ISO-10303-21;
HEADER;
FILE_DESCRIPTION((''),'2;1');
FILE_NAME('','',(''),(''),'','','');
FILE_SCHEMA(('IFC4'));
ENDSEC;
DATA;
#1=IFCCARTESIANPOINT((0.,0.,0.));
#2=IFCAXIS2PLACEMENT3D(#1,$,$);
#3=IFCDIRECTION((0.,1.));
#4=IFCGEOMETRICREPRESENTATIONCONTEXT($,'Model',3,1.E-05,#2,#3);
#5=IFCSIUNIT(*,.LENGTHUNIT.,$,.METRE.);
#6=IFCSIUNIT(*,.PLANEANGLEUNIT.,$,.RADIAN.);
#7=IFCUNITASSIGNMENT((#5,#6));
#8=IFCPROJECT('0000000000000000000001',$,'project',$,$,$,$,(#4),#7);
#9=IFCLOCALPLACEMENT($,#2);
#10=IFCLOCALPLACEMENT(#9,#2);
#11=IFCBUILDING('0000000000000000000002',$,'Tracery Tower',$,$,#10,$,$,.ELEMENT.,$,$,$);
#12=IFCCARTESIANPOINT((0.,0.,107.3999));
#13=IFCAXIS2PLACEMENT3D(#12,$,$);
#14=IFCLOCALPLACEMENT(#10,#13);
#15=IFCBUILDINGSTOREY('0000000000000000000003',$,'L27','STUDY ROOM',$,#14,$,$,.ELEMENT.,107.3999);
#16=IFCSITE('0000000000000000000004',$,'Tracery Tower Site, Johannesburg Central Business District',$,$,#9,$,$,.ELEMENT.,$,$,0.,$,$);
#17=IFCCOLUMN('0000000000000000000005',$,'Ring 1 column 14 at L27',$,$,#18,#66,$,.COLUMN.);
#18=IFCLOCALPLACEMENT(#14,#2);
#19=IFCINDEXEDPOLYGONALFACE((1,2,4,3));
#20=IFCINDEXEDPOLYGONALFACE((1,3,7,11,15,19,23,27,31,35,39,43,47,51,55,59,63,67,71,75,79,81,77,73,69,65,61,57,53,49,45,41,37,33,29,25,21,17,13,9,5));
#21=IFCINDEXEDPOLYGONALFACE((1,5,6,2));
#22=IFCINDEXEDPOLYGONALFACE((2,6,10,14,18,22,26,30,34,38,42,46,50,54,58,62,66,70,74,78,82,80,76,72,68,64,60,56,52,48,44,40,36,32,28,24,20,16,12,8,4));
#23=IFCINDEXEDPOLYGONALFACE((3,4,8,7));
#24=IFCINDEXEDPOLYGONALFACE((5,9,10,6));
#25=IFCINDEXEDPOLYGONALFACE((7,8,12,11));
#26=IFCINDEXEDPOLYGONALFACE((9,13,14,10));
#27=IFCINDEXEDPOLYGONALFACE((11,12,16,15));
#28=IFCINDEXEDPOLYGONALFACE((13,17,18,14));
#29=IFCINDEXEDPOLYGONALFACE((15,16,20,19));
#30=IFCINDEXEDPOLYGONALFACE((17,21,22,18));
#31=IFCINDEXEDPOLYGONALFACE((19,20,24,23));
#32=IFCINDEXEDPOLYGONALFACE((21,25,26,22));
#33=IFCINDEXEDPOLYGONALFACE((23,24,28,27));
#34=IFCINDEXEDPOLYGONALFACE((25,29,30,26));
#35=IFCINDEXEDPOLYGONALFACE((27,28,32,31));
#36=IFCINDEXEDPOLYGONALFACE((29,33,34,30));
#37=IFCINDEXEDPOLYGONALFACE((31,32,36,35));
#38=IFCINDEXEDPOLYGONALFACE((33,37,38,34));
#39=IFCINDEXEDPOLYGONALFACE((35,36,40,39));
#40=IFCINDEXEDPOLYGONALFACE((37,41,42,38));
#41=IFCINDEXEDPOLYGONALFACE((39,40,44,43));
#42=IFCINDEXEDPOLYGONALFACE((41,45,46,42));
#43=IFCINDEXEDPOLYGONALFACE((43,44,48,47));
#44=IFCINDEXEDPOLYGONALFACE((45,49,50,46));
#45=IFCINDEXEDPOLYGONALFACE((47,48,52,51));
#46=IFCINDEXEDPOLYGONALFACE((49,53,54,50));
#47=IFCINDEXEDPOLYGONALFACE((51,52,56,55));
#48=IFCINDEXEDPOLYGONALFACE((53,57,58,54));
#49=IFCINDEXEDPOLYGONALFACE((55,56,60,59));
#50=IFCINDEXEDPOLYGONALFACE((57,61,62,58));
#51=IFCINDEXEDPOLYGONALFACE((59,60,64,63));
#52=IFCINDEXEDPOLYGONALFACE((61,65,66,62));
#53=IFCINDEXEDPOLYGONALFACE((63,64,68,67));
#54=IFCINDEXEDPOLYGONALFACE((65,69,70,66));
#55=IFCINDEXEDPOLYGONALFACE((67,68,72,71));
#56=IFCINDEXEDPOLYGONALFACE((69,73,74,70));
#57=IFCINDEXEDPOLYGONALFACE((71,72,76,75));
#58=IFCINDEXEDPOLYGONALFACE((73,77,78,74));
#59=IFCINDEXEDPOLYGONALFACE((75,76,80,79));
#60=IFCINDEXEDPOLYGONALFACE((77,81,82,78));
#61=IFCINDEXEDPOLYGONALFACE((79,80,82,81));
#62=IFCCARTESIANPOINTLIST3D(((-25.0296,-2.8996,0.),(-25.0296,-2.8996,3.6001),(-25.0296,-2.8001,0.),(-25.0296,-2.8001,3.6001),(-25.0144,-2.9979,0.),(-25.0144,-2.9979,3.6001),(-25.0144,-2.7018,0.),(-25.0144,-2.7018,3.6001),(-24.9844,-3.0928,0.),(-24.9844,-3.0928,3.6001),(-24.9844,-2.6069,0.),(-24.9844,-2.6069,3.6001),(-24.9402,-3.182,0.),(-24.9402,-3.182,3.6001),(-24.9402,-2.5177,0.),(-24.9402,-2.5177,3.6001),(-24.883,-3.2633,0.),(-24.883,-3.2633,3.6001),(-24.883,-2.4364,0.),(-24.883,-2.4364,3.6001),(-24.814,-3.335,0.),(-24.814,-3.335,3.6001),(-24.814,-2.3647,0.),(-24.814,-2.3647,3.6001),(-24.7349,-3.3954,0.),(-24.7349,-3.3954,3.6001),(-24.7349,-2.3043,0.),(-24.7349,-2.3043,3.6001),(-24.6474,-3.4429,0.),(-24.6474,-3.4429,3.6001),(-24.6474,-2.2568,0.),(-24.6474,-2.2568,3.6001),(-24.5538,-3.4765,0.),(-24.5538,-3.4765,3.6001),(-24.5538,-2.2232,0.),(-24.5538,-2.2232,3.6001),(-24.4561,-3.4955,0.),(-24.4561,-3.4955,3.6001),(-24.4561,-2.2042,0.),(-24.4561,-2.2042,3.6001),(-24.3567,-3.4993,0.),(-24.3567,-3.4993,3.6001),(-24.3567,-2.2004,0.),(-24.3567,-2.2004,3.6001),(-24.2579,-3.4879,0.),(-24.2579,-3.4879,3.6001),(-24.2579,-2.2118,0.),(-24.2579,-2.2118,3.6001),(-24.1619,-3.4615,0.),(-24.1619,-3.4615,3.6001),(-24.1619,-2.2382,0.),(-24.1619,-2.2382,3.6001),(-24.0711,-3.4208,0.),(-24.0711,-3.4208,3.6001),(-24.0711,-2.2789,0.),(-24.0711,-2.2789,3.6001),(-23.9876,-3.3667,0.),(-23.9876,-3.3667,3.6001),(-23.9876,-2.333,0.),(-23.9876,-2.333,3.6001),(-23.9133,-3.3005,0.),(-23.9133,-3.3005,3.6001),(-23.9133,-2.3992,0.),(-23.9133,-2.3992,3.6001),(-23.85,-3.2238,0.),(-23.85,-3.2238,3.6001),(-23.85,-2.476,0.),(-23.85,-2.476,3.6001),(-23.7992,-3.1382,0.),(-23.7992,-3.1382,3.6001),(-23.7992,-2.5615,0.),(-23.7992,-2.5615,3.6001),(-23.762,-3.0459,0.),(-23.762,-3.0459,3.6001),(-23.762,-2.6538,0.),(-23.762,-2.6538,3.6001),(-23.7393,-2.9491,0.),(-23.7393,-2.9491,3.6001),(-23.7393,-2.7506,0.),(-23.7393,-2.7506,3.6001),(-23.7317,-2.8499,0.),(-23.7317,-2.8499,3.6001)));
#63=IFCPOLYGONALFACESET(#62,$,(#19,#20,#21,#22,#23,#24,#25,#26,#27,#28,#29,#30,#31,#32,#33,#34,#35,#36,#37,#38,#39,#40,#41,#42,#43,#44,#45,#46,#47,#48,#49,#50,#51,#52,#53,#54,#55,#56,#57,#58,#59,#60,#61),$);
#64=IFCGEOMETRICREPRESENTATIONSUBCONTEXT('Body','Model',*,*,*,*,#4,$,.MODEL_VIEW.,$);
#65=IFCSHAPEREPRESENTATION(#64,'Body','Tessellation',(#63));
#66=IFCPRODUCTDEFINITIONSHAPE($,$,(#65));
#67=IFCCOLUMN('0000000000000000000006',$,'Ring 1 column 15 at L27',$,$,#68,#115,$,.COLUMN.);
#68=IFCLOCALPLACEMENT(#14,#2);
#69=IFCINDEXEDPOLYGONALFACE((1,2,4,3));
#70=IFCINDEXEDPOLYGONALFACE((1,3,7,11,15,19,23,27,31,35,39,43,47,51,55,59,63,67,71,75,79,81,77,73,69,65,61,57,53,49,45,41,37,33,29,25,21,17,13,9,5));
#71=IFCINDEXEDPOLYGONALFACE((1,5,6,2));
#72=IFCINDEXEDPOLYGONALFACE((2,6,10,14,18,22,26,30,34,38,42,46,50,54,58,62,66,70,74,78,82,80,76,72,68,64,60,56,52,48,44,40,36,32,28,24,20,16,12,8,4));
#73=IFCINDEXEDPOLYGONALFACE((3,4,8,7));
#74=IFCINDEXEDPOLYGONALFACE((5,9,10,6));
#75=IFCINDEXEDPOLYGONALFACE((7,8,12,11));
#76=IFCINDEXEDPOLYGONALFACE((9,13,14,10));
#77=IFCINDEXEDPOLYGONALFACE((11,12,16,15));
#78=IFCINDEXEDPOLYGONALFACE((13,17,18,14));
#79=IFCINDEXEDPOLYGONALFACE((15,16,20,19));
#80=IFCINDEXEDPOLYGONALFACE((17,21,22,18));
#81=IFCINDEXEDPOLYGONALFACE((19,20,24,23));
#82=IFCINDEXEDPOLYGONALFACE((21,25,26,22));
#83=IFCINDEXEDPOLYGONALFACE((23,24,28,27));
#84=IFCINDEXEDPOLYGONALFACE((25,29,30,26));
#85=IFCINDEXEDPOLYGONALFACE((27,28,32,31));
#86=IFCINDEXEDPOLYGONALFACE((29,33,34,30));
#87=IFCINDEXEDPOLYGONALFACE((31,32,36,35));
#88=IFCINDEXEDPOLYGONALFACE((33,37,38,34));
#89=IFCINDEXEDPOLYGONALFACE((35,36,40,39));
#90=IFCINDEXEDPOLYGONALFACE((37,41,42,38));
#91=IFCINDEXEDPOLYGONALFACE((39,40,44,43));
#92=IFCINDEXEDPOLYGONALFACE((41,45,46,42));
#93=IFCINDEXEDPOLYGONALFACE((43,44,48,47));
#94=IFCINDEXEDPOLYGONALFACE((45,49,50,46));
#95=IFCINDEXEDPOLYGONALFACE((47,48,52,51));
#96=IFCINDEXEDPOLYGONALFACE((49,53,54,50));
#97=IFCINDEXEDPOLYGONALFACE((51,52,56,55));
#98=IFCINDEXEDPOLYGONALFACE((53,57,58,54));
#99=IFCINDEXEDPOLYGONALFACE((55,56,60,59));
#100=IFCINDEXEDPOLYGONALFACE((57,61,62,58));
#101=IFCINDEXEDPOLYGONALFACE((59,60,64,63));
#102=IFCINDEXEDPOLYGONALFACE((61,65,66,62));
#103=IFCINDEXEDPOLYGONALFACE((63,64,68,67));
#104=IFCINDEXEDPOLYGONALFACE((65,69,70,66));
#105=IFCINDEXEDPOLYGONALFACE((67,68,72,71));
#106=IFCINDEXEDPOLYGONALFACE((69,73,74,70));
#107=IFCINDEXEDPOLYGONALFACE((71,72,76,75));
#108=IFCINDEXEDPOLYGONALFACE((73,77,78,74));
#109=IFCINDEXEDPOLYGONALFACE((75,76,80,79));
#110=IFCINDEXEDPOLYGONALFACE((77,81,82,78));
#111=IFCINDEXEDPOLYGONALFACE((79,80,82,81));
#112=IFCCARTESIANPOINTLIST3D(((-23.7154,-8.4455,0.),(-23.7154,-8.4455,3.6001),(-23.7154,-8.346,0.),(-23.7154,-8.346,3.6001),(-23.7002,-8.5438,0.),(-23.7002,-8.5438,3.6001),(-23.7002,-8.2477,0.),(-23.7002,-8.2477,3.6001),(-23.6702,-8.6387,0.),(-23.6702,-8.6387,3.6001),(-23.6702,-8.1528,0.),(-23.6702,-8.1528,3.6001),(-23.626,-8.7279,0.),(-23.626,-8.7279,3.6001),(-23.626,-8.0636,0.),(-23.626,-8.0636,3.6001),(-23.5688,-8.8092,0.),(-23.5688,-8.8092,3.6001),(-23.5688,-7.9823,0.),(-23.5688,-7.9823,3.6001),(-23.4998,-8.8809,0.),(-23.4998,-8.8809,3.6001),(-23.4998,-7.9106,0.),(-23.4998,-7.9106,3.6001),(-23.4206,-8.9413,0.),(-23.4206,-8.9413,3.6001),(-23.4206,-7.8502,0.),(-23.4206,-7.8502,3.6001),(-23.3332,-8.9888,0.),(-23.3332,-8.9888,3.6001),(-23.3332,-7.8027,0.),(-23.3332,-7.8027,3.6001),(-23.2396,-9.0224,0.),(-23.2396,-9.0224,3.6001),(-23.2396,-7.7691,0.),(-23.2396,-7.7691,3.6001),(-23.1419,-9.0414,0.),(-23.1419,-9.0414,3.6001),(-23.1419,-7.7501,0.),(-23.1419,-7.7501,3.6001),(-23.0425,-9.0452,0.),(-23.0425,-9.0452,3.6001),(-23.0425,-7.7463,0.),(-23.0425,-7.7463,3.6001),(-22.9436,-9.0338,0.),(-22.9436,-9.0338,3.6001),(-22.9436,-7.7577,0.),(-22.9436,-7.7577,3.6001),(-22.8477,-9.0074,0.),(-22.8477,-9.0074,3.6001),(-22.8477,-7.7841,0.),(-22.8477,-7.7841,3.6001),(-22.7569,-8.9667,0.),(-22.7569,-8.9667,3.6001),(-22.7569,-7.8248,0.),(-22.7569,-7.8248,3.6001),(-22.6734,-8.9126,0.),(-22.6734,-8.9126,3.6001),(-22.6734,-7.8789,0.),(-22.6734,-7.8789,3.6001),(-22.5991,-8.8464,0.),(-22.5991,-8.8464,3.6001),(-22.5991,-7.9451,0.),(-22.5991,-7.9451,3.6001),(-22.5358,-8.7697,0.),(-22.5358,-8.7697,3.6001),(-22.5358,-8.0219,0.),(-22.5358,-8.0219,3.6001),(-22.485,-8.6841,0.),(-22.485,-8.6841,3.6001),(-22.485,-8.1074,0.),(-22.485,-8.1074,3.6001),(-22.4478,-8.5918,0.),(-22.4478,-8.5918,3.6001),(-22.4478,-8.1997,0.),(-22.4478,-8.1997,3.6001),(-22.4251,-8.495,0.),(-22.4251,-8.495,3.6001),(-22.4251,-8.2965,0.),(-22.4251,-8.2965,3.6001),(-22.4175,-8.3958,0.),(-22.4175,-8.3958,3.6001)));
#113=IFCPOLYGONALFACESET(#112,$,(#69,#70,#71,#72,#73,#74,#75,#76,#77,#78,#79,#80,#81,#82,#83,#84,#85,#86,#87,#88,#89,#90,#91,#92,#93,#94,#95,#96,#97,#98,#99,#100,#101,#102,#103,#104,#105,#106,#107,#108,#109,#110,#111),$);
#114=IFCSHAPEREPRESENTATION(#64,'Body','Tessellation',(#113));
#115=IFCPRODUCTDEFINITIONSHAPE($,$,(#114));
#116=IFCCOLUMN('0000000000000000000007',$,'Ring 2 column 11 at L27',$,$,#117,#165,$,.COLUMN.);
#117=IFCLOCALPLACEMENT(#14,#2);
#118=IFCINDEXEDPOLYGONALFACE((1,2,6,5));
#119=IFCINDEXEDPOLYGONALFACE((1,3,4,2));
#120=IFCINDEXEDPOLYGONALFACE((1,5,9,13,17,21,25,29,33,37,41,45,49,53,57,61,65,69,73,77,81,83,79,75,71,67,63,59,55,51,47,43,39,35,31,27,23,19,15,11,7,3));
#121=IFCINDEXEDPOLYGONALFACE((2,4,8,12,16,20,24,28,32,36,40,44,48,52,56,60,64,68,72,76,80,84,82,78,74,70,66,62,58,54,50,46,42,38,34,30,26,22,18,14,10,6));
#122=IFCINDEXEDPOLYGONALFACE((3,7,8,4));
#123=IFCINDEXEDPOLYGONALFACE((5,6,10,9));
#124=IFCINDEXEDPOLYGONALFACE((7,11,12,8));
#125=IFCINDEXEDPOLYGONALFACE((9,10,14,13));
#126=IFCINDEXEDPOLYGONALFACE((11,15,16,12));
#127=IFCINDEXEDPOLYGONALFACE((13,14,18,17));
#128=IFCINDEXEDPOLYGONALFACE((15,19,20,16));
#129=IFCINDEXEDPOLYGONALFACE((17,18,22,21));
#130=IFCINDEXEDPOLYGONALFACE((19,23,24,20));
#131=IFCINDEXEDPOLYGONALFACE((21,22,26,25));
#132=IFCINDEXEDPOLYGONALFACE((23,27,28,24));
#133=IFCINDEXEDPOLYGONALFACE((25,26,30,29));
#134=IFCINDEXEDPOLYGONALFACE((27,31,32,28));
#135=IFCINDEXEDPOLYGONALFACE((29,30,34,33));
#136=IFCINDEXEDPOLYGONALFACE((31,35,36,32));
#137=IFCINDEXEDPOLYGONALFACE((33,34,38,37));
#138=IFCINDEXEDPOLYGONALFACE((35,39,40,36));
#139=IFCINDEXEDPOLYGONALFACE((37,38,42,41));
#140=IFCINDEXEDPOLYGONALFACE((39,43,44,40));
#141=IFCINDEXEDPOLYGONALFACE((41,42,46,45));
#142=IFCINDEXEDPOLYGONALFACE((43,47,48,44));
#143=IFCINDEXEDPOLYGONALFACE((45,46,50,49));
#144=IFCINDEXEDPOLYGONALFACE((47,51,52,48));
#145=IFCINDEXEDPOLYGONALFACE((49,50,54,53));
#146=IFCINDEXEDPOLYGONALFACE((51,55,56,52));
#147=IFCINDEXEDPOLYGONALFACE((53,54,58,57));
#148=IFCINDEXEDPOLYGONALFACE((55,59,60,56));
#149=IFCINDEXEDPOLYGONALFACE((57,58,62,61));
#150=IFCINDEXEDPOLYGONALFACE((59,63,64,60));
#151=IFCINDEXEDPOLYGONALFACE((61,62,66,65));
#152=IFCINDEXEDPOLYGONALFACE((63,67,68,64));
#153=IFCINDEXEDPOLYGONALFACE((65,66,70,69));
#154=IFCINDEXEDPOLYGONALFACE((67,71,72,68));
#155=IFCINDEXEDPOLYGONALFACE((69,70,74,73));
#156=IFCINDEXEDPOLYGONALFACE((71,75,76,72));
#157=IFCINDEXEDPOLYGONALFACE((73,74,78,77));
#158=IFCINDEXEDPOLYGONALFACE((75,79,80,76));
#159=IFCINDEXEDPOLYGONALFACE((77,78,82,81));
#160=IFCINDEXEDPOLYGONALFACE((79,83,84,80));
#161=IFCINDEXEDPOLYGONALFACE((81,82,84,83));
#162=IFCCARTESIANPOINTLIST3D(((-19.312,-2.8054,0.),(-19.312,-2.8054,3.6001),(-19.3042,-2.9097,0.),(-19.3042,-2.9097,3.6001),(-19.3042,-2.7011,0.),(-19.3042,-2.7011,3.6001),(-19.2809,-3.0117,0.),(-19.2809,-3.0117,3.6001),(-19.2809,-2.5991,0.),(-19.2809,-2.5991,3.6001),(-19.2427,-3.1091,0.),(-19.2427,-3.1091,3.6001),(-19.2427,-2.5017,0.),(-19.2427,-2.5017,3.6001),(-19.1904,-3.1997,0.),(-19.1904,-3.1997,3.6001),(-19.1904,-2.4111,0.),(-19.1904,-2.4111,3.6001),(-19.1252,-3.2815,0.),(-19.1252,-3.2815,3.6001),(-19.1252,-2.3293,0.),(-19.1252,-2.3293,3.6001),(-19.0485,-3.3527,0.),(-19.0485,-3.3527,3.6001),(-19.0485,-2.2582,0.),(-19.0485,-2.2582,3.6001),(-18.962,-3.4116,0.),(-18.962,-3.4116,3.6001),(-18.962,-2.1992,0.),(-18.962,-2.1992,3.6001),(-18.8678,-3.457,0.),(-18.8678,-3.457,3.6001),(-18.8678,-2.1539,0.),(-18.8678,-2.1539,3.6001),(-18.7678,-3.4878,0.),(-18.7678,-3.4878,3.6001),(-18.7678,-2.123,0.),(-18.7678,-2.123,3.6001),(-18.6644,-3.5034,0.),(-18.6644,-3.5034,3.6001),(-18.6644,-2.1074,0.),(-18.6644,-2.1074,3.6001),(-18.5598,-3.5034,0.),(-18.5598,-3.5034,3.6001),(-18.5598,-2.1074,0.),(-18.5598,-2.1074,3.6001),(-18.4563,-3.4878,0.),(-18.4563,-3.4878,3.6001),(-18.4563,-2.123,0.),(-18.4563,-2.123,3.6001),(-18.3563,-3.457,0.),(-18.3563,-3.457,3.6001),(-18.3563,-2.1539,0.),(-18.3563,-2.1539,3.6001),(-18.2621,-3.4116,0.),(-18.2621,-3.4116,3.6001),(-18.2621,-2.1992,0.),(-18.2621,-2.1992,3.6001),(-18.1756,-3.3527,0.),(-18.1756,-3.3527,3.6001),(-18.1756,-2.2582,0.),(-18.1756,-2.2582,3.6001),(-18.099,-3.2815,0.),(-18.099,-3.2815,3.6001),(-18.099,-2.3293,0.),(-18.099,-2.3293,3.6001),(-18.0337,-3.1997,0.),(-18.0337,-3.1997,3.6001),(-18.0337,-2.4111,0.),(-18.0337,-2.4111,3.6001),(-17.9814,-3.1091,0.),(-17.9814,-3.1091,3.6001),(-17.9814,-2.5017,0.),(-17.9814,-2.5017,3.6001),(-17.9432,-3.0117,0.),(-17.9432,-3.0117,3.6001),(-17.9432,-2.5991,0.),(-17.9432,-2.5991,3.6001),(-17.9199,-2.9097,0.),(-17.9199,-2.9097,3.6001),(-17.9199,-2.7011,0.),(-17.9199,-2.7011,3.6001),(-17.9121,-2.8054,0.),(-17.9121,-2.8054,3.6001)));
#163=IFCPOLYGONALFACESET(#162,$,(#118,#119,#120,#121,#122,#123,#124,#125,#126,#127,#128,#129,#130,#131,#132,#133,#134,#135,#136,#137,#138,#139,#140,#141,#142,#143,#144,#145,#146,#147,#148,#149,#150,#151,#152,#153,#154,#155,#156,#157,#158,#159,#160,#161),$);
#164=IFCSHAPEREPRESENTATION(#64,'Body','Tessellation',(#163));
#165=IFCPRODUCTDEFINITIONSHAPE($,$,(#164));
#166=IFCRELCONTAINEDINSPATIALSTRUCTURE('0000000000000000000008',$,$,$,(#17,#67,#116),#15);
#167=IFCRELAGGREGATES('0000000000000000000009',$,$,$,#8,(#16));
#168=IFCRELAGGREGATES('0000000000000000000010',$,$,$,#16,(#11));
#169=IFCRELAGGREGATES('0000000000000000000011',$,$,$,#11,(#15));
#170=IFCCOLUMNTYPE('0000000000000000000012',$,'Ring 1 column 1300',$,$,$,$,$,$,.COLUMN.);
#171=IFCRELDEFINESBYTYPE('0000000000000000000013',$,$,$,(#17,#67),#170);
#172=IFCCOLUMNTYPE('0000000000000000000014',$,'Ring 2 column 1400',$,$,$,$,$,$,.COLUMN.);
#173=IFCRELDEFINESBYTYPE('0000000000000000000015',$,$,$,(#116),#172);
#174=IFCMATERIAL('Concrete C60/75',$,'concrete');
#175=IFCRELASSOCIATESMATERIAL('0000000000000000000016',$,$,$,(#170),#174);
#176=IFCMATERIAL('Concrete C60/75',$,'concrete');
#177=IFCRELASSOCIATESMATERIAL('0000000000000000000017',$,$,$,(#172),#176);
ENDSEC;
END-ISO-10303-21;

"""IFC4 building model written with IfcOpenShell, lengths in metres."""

from ifc_helpers import new_model, si_unit, direction, frame, origin, origin_2d, place, context, subcontext, project, spatial, circle, extrude, material, material_profile, profile_set, type_object, element, save


model = new_model("IFC4")

# Units and contexts
model_context = context("Model", 3, precision=1e-05, world=origin(), true_north=direction((0.0, 1.0)))
body_context = subcontext(model_context, "Body", "Model", "MODEL_VIEW")
ifc_project = project(units=[si_unit("LENGTHUNIT", "METRE"), si_unit("PLANEANGLEUNIT", "RADIAN")], contexts=[model_context])

# Site, building, storey
site_placement = place(None, origin())
site = spatial("IfcSite", under=ifc_project, at=site_placement, Name="Tracery Tower Site, Johannesburg Central Business District", CompositionType="ELEMENT", RefElevation=0.0)
building_placement = place(site_placement, origin())
building = spatial("IfcBuilding", under=site, at=building_placement, Name="Tracery Tower", CompositionType="ELEMENT")
storey_placement = place(building_placement, frame((0.0, 0.0, 107.3999)))
storey = spatial("IfcBuildingStorey", under=building, at=storey_placement, Name="L27", Description="STUDY ROOM", CompositionType="ELEMENT", Elevation=107.3999)

# Columns
ifc_material_1 = material(Name="Concrete C60/75", Category="concrete")
ifc_material_profile_1 = material_profile(ifc_material_1, circle(Radius=0.6499, at=origin_2d()), Name="RC D1300")
ifc_profile_set_1 = profile_set([ifc_material_profile_1], Name="Concrete C60/75")
column_type_1 = type_object("IfcColumnType", Name="Ring 1 column 1300", PredefinedType="COLUMN", material=ifc_profile_set_1)
for number, where, z_axis, x_axis, name in (
    (1, (-24.3816, -2.8499, 0.0), (0.0, 0.0, 1.0), (1.0, 0.0, 0.0), "Ring 1 column 14 at L27"),
    (2, (-23.0674, -8.3958, 0.0), (0.0, 0.0, 1.0), (1.0, 0.0, 0.0), "Ring 1 column 15 at L27"),
):
    element("IfcColumn", number, at=place(storey_placement, frame(where, z_axis=z_axis, x_axis=x_axis)), inside=storey, type_object=column_type_1, Name=name, PredefinedType="COLUMN", context=body_context, shape_type="SweptSolid", body=[
        extrude(circle(Radius=0.6499, at=origin_2d()), origin(), (0.0, 0.0, 1.0), 3.6001),
    ])
ifc_material_2 = material(Name="Concrete C60/75", Category="concrete")
ifc_material_profile_2 = material_profile(ifc_material_2, circle(Radius=0.7, at=origin_2d()), Name="RC D1400")
ifc_profile_set_2 = profile_set([ifc_material_profile_2], Name="Concrete C60/75")
column_type_2 = type_object("IfcColumnType", Name="Ring 2 column 1400", PredefinedType="COLUMN", material=ifc_profile_set_2)
for number, where, z_axis, x_axis, name in (
    (3, (-18.6121, -2.8054, 0.0), (0.0, 0.0, 1.0), (1.0, 0.0, 0.0), "Ring 2 column 11 at L27"),
):
    element("IfcColumn", number, at=place(storey_placement, frame(where, z_axis=z_axis, x_axis=x_axis)), inside=storey, type_object=column_type_2, Name=name, PredefinedType="COLUMN", context=body_context, shape_type="SweptSolid", body=[
        extrude(circle(Radius=0.7, at=origin_2d()), origin(), (0.0, 0.0, 1.0), 3.6001),
    ])

save(model, "model.ifc")
